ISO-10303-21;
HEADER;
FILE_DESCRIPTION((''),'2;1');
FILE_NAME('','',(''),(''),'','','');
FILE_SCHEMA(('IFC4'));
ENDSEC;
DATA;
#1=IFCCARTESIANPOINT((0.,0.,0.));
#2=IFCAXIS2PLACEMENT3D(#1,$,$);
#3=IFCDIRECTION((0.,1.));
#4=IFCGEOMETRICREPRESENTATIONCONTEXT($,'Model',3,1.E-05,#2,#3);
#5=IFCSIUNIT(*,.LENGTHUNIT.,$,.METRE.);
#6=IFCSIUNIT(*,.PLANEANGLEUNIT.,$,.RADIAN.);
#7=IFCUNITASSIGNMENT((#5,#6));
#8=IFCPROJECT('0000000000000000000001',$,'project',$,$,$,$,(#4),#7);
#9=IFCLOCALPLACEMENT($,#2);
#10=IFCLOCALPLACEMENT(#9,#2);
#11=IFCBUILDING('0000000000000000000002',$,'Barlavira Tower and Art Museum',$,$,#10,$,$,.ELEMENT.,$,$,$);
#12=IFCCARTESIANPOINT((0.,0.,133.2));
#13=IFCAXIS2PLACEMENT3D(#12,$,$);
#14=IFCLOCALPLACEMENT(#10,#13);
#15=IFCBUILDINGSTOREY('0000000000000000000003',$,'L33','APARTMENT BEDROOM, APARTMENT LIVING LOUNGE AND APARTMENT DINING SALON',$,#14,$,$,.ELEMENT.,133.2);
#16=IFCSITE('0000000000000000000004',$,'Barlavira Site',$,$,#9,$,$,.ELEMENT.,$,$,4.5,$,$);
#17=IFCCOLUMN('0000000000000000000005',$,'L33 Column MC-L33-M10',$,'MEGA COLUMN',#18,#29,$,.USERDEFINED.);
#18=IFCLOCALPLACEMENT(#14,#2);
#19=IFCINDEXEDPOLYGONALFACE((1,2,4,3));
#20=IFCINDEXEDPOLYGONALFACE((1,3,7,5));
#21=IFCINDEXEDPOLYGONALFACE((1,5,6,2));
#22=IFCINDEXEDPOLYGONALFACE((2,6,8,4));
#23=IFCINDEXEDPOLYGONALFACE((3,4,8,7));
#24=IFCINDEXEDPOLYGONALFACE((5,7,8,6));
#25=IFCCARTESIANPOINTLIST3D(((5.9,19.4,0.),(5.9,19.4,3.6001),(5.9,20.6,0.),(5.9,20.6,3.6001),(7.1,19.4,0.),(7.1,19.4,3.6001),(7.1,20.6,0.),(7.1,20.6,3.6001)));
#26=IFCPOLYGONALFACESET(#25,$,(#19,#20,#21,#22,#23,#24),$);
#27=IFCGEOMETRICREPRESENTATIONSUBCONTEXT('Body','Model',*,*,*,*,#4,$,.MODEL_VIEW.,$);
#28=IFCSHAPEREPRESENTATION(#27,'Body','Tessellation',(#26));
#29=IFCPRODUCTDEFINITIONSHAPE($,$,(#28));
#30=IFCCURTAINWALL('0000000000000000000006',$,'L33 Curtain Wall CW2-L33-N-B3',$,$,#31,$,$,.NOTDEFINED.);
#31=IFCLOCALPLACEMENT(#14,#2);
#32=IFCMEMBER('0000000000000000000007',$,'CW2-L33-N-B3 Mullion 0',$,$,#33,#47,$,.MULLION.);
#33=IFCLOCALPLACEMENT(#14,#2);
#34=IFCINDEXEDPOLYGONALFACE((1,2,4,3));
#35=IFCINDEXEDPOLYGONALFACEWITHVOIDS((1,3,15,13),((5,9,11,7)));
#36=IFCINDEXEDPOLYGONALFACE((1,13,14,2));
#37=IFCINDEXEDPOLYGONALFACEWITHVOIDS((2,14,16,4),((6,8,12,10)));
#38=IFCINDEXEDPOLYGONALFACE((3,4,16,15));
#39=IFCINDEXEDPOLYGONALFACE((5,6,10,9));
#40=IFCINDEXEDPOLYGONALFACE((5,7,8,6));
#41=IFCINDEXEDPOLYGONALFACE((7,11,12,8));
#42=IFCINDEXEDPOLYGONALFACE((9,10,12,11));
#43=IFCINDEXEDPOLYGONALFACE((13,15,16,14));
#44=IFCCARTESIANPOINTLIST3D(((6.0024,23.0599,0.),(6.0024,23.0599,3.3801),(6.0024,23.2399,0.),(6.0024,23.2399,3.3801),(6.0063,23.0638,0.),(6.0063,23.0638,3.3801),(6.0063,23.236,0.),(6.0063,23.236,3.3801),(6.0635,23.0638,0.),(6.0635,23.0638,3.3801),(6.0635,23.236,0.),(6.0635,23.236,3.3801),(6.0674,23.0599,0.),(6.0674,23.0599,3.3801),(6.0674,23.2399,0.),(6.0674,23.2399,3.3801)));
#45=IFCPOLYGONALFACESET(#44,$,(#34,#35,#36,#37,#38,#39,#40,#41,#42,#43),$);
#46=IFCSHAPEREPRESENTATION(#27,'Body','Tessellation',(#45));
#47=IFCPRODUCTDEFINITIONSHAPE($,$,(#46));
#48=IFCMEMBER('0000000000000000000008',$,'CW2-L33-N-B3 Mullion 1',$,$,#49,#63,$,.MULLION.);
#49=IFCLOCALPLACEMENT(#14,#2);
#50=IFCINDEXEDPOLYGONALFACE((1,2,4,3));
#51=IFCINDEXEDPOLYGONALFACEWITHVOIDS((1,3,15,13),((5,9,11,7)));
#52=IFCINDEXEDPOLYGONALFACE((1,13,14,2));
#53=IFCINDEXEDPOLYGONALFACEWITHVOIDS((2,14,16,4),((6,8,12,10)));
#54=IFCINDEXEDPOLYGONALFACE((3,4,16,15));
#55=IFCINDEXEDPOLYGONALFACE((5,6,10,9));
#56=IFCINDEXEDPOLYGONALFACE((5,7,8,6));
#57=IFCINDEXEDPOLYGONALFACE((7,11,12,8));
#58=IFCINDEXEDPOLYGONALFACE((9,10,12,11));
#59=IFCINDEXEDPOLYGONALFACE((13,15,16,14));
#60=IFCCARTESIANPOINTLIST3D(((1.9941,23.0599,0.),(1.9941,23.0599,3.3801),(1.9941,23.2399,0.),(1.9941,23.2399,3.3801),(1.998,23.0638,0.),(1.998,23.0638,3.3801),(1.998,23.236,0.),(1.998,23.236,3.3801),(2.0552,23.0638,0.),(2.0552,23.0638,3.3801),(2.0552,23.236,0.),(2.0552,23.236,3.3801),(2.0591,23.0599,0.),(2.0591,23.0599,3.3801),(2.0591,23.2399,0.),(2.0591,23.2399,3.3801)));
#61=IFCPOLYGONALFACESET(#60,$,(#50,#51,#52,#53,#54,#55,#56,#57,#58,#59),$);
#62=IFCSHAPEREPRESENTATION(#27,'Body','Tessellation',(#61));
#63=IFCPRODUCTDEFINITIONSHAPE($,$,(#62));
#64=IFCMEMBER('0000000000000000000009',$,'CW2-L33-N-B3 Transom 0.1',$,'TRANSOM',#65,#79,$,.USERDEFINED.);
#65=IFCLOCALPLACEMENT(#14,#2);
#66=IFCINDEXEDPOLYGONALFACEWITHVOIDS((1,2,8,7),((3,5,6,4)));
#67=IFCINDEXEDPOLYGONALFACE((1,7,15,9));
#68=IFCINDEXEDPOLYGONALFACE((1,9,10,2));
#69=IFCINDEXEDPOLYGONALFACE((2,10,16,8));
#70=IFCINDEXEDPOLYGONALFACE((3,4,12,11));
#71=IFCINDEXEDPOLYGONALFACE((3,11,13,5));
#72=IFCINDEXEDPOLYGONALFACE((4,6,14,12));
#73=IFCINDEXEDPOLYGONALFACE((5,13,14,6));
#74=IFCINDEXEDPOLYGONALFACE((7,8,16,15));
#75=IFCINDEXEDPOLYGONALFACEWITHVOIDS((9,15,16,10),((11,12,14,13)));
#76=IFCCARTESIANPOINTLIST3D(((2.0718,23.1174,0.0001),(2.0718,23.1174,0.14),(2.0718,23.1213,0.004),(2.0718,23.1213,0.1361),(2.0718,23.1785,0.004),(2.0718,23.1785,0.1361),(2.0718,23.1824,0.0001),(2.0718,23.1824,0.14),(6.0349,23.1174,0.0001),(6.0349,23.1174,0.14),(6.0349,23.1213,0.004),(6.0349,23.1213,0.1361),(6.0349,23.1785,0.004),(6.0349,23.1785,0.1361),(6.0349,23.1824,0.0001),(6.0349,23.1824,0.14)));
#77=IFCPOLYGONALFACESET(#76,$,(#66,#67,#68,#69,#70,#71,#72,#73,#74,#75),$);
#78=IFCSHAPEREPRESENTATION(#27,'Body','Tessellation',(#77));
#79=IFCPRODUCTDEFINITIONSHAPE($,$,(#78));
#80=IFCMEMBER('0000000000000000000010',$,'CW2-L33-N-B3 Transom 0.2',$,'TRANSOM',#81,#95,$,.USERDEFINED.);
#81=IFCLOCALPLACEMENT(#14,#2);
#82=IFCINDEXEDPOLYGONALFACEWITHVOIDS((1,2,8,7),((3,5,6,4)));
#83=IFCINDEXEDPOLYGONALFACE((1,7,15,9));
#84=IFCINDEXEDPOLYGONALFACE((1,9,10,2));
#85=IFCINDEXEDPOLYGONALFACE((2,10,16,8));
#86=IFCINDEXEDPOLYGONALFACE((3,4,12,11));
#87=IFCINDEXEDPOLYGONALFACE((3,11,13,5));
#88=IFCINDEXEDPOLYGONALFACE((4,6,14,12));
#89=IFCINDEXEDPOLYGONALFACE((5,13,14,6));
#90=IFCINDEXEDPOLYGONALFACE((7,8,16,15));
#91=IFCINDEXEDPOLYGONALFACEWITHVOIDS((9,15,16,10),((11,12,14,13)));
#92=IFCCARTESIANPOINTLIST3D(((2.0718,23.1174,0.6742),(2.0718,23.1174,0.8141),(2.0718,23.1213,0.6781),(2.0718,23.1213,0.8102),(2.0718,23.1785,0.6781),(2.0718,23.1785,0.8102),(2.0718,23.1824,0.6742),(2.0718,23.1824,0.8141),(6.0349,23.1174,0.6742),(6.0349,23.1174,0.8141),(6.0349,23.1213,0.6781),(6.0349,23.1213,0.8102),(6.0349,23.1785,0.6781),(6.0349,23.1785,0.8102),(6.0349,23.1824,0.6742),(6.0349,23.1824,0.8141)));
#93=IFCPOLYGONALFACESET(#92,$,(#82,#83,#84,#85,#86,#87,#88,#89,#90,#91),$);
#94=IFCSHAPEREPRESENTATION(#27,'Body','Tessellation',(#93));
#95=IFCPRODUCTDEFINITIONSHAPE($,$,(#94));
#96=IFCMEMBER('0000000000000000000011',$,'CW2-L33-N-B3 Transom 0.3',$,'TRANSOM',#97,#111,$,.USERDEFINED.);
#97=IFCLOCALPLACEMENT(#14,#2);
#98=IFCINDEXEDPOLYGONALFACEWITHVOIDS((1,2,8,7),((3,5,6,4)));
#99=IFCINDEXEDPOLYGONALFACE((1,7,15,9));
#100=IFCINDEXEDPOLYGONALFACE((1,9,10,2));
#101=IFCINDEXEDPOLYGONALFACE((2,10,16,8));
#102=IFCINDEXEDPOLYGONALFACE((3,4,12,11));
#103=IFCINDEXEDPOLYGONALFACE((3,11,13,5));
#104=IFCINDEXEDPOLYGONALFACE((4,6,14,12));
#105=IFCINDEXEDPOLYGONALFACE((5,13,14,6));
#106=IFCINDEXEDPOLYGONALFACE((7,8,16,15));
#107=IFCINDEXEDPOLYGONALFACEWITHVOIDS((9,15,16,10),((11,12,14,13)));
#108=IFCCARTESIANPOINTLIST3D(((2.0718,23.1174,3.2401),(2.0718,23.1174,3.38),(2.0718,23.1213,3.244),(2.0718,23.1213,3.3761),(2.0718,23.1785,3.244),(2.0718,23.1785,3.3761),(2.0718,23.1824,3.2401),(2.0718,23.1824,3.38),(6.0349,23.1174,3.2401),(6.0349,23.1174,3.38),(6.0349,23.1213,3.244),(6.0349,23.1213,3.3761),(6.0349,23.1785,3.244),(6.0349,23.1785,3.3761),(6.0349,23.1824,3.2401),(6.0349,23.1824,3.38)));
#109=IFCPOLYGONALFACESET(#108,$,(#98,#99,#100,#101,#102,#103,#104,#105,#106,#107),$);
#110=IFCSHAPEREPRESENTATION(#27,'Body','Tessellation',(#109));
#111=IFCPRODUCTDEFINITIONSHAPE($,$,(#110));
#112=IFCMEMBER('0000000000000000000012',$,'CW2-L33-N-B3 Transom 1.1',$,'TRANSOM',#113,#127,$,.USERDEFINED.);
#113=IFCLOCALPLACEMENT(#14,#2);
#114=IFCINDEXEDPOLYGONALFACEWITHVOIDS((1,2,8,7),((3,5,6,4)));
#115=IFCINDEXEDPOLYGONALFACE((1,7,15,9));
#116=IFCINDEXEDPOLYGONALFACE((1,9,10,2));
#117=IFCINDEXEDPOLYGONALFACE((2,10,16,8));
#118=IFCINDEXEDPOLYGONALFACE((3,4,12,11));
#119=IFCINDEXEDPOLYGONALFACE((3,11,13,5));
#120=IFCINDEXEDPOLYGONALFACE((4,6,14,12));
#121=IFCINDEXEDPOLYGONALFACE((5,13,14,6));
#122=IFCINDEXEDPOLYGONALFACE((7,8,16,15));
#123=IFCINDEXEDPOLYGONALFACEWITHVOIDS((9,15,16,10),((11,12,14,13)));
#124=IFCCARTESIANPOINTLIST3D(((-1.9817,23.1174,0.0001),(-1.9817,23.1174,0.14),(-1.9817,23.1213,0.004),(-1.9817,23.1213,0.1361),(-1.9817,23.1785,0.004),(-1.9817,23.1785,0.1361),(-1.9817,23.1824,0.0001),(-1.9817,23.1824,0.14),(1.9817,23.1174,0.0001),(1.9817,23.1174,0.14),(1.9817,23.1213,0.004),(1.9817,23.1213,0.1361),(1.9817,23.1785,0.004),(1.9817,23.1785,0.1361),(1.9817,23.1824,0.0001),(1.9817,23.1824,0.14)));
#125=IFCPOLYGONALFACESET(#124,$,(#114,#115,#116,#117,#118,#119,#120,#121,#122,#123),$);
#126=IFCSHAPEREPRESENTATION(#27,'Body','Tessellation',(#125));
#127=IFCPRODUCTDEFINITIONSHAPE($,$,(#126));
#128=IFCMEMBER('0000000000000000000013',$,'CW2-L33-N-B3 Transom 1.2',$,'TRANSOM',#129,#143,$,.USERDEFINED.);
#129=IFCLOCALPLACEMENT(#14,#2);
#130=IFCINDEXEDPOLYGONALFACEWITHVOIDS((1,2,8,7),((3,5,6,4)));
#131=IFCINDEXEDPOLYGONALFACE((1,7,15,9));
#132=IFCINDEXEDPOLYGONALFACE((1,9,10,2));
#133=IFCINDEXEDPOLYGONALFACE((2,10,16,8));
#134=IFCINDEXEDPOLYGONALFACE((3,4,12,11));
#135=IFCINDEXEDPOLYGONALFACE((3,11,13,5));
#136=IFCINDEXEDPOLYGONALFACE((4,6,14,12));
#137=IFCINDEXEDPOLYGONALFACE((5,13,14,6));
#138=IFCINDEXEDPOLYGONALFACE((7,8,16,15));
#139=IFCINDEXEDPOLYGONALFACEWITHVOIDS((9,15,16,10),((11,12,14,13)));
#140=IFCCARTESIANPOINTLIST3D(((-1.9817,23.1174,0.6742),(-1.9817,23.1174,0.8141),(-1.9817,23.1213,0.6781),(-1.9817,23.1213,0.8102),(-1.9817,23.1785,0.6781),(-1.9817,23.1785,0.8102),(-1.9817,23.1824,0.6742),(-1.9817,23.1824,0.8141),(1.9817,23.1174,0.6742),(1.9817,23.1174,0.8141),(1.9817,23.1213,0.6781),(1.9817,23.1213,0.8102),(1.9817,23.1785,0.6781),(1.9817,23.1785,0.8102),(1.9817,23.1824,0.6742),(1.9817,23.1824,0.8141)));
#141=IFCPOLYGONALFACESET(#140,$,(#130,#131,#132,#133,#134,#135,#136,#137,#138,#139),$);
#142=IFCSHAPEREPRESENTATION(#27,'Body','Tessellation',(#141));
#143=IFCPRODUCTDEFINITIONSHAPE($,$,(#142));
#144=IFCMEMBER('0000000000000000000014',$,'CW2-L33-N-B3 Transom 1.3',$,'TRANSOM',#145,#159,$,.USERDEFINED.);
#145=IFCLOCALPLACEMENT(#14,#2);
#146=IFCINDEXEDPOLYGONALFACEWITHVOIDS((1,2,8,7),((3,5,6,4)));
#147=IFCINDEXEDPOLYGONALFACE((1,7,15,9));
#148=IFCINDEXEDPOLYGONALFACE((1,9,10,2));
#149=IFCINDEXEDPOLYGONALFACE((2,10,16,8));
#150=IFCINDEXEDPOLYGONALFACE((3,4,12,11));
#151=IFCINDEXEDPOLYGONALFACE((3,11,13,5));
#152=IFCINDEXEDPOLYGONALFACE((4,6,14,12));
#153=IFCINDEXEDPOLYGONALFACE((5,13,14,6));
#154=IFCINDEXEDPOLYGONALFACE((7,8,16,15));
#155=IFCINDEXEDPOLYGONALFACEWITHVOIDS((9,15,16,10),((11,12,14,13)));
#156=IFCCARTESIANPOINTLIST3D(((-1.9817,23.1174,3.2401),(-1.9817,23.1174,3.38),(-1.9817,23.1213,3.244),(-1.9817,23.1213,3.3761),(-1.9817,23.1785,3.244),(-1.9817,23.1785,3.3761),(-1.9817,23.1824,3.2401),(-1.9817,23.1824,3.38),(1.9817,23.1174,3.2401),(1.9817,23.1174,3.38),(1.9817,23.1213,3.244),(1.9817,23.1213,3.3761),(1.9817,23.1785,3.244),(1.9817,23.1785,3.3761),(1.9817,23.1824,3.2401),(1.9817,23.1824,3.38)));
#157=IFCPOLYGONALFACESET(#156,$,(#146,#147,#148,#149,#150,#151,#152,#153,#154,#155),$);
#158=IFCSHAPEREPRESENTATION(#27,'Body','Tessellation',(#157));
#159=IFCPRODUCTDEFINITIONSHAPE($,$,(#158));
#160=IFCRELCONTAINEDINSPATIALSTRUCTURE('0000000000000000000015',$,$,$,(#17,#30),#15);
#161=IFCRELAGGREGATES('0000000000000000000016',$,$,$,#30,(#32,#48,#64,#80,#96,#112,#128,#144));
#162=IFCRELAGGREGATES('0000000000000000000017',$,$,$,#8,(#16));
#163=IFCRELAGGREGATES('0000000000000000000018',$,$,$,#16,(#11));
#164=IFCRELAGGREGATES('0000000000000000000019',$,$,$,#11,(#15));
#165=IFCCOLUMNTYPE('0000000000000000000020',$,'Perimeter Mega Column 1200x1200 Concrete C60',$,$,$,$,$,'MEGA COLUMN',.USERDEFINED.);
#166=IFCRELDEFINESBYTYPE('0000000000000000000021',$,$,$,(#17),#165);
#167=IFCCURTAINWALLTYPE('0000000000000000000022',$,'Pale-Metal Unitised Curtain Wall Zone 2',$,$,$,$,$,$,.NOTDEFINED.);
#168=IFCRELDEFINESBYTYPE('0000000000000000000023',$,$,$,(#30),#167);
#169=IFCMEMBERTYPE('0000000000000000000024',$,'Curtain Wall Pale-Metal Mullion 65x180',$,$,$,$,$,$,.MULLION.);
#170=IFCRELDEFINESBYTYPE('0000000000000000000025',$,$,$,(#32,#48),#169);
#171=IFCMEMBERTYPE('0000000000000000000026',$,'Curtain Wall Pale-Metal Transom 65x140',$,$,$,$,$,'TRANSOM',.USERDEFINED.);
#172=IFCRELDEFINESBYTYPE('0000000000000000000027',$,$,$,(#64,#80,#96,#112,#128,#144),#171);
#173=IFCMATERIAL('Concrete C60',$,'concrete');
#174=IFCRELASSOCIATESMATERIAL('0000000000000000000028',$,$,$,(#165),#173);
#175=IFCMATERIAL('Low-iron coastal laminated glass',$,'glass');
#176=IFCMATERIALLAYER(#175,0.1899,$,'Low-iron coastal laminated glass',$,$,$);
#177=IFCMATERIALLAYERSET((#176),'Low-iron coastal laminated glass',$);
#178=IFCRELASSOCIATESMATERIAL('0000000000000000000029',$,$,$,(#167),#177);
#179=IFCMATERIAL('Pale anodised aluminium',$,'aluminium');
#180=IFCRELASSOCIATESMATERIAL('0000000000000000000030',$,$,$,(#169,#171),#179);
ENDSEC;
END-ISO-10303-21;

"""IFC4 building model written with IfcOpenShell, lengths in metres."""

from ifc_helpers import new_model, si_unit, direction, frame, origin, origin_2d, place, context, subcontext, project, spatial, rectangle, hollow_rectangle, extrude, material, layer, layer_set, material_profile, profile_set, type_object, element, aggregate, save


model = new_model("IFC4")

# Units and contexts
model_context = context("Model", 3, precision=1e-05, world=origin(), true_north=direction((0.0, 1.0)))
body_context = subcontext(model_context, "Body", "Model", "MODEL_VIEW")
ifc_project = project(units=[si_unit("LENGTHUNIT", "METRE"), si_unit("PLANEANGLEUNIT", "RADIAN")], contexts=[model_context])

# Site, building, storey
site_placement = place(None, origin())
site = spatial("IfcSite", under=ifc_project, at=site_placement, Name="Barlavira Site", CompositionType="ELEMENT", RefElevation=4.5)
building_placement = place(site_placement, origin())
building = spatial("IfcBuilding", under=site, at=building_placement, Name="Barlavira Tower and Art Museum", CompositionType="ELEMENT")
storey_placement = place(building_placement, frame((0.0, 0.0, 133.2)))
storey = spatial("IfcBuildingStorey", under=building, at=storey_placement, Name="L33", Description="APARTMENT BEDROOM, APARTMENT LIVING LOUNGE AND APARTMENT DINING SALON", CompositionType="ELEMENT", Elevation=133.2)

# Column
ifc_material_1 = material(Name="Concrete C60", Category="concrete")
ifc_material_profile_1 = material_profile(ifc_material_1, rectangle(XDim=1.2, YDim=1.2, at=origin_2d()), Name="RC-COL 1200x1200")
ifc_profile_set_1 = profile_set([ifc_material_profile_1], Name="Concrete C60")
column_type = type_object("IfcColumnType", Name="Perimeter Mega Column 1200x1200 Concrete C60", ElementType="MEGA COLUMN", PredefinedType="USERDEFINED", material=ifc_profile_set_1)
column_placement = place(storey_placement, frame((6.5, 20.0, 0.0), z_axis=(0.0, 0.0, 1.0), x_axis=(1.0, 0.0, 0.0)))
element("IfcColumn", 1, at=column_placement, inside=storey, type_object=column_type, Name="L33 Column MC-L33-M10", ObjectType="MEGA COLUMN", PredefinedType="USERDEFINED", context=body_context, shape_type="SweptSolid", body=[
    extrude(rectangle(XDim=1.2, YDim=1.2, at=origin_2d()), origin(), (0.0, 0.0, 1.0), 3.6001),
])

# Curtain wall, members
ifc_material_2 = material(Name="Low-iron coastal laminated glass", Category="glass")
ifc_layer_1 = layer(ifc_material_2, 0.1899, Name="Low-iron coastal laminated glass")
ifc_layer_set_1 = layer_set([ifc_layer_1], Name="Low-iron coastal laminated glass")
curtain_wall_type = type_object("IfcCurtainWallType", Name="Pale-Metal Unitised Curtain Wall Zone 2", PredefinedType="NOTDEFINED", material=ifc_layer_set_1)
curtain_wall_placement = place(storey_placement, origin())
curtain_wall = element("IfcCurtainWall", 2, at=curtain_wall_placement, inside=storey, type_object=curtain_wall_type, Name="L33 Curtain Wall CW2-L33-N-B3", PredefinedType="NOTDEFINED")
ifc_material_3 = material(Name="Pale anodised aluminium", Category="aluminium")
ifc_material_profile_2 = material_profile(ifc_material_3, hollow_rectangle(XDim=0.0649, YDim=0.1799, WallThickness=0.0039, at=origin_2d()), Name="ALU-MULL 65x180x4")
ifc_profile_set_2 = profile_set([ifc_material_profile_2], Name="Pale anodised aluminium")
member_type_1 = type_object("IfcMemberType", Name="Curtain Wall Pale-Metal Mullion 65x180", PredefinedType="MULLION", material=ifc_profile_set_2)
member_1_placement = place(storey_placement, frame((6.0349, 23.1499, 0.0), z_axis=(0.0, 0.0, 1.0), x_axis=(-1.0, 0.0, 0.0)))
member_1 = element("IfcMember", 3, at=member_1_placement, type_object=member_type_1, Name="CW2-L33-N-B3 Mullion 0", PredefinedType="MULLION", context=body_context, shape_type="SweptSolid", body=[
    extrude(hollow_rectangle(XDim=0.0649, YDim=0.1799, WallThickness=0.0039, at=origin_2d()), origin(), (0.0, 0.0, 1.0), 3.3801),
])
member_2_placement = place(storey_placement, frame((2.0266, 23.1499, 0.0), z_axis=(0.0, 0.0, 1.0), x_axis=(-1.0, 0.0, 0.0)))
member_2 = element("IfcMember", 4, at=member_2_placement, type_object=member_type_1, Name="CW2-L33-N-B3 Mullion 1", PredefinedType="MULLION", context=body_context, shape_type="SweptSolid", body=[
    extrude(hollow_rectangle(XDim=0.0649, YDim=0.1799, WallThickness=0.0039, at=origin_2d()), origin(), (0.0, 0.0, 1.0), 3.3801),
])
ifc_material_profile_3 = material_profile(ifc_material_3, hollow_rectangle(XDim=0.0649, YDim=0.1399, WallThickness=0.0039, at=origin_2d()), Name="ALU-TRAN 65x140x4")
ifc_profile_set_3 = profile_set([ifc_material_profile_3], Name="Pale anodised aluminium")
member_type_2 = type_object("IfcMemberType", Name="Curtain Wall Pale-Metal Transom 65x140", ElementType="TRANSOM", PredefinedType="USERDEFINED", material=ifc_profile_set_3)
member_3_placement = place(storey_placement, frame((6.0349, 23.1499, 0.0701), z_axis=(-1.0, 0.0, 0.0), x_axis=(0.0, -1.0, 0.0)))
member_3 = element("IfcMember", 5, at=member_3_placement, type_object=member_type_2, Name="CW2-L33-N-B3 Transom 0.1", ObjectType="TRANSOM", PredefinedType="USERDEFINED", context=body_context, shape_type="SweptSolid", body=[
    extrude(hollow_rectangle(XDim=0.0649, YDim=0.1399, WallThickness=0.0039, at=origin_2d()), origin(), (0.0, 0.0, 1.0), 3.9631),
])
member_4_placement = place(storey_placement, frame((6.0349, 23.1499, 0.7441), z_axis=(-1.0, 0.0, 0.0), x_axis=(0.0, -1.0, 0.0)))
member_4 = element("IfcMember", 6, at=member_4_placement, type_object=member_type_2, Name="CW2-L33-N-B3 Transom 0.2", ObjectType="TRANSOM", PredefinedType="USERDEFINED", context=body_context, shape_type="SweptSolid", body=[
    extrude(hollow_rectangle(XDim=0.0649, YDim=0.1399, WallThickness=0.0039, at=origin_2d()), origin(), (0.0, 0.0, 1.0), 3.9631),
])
member_5_placement = place(storey_placement, frame((6.0349, 23.1499, 3.3101), z_axis=(-1.0, 0.0, 0.0), x_axis=(0.0, -1.0, 0.0)))
member_5 = element("IfcMember", 7, at=member_5_placement, type_object=member_type_2, Name="CW2-L33-N-B3 Transom 0.3", ObjectType="TRANSOM", PredefinedType="USERDEFINED", context=body_context, shape_type="SweptSolid", body=[
    extrude(hollow_rectangle(XDim=0.0649, YDim=0.1399, WallThickness=0.0039, at=origin_2d()), origin(), (0.0, 0.0, 1.0), 3.9631),
])
member_6_placement = place(storey_placement, frame((1.9817, 23.1499, 0.0701), z_axis=(-1.0, 0.0, 0.0), x_axis=(0.0, -1.0, 0.0)))
member_6 = element("IfcMember", 8, at=member_6_placement, type_object=member_type_2, Name="CW2-L33-N-B3 Transom 1.1", ObjectType="TRANSOM", PredefinedType="USERDEFINED", context=body_context, shape_type="SweptSolid", body=[
    extrude(hollow_rectangle(XDim=0.0649, YDim=0.1399, WallThickness=0.0039, at=origin_2d()), origin(), (0.0, 0.0, 1.0), 3.9634),
])
member_7_placement = place(storey_placement, frame((1.9817, 23.1499, 0.7441), z_axis=(-1.0, 0.0, 0.0), x_axis=(0.0, -1.0, 0.0)))
member_7 = element("IfcMember", 9, at=member_7_placement, type_object=member_type_2, Name="CW2-L33-N-B3 Transom 1.2", ObjectType="TRANSOM", PredefinedType="USERDEFINED", context=body_context, shape_type="SweptSolid", body=[
    extrude(hollow_rectangle(XDim=0.0649, YDim=0.1399, WallThickness=0.0039, at=origin_2d()), origin(), (0.0, 0.0, 1.0), 3.9634),
])
member_8_placement = place(storey_placement, frame((1.9817, 23.1499, 3.3101), z_axis=(-1.0, 0.0, 0.0), x_axis=(0.0, -1.0, 0.0)))
member_8 = element("IfcMember", 10, at=member_8_placement, type_object=member_type_2, Name="CW2-L33-N-B3 Transom 1.3", ObjectType="TRANSOM", PredefinedType="USERDEFINED", context=body_context, shape_type="SweptSolid", body=[
    extrude(hollow_rectangle(XDim=0.0649, YDim=0.1399, WallThickness=0.0039, at=origin_2d()), origin(), (0.0, 0.0, 1.0), 3.9634),
])

aggregate(curtain_wall, [member_1, member_2, member_3, member_4, member_5, member_6, member_7, member_8])

save(model, "model.ifc")
